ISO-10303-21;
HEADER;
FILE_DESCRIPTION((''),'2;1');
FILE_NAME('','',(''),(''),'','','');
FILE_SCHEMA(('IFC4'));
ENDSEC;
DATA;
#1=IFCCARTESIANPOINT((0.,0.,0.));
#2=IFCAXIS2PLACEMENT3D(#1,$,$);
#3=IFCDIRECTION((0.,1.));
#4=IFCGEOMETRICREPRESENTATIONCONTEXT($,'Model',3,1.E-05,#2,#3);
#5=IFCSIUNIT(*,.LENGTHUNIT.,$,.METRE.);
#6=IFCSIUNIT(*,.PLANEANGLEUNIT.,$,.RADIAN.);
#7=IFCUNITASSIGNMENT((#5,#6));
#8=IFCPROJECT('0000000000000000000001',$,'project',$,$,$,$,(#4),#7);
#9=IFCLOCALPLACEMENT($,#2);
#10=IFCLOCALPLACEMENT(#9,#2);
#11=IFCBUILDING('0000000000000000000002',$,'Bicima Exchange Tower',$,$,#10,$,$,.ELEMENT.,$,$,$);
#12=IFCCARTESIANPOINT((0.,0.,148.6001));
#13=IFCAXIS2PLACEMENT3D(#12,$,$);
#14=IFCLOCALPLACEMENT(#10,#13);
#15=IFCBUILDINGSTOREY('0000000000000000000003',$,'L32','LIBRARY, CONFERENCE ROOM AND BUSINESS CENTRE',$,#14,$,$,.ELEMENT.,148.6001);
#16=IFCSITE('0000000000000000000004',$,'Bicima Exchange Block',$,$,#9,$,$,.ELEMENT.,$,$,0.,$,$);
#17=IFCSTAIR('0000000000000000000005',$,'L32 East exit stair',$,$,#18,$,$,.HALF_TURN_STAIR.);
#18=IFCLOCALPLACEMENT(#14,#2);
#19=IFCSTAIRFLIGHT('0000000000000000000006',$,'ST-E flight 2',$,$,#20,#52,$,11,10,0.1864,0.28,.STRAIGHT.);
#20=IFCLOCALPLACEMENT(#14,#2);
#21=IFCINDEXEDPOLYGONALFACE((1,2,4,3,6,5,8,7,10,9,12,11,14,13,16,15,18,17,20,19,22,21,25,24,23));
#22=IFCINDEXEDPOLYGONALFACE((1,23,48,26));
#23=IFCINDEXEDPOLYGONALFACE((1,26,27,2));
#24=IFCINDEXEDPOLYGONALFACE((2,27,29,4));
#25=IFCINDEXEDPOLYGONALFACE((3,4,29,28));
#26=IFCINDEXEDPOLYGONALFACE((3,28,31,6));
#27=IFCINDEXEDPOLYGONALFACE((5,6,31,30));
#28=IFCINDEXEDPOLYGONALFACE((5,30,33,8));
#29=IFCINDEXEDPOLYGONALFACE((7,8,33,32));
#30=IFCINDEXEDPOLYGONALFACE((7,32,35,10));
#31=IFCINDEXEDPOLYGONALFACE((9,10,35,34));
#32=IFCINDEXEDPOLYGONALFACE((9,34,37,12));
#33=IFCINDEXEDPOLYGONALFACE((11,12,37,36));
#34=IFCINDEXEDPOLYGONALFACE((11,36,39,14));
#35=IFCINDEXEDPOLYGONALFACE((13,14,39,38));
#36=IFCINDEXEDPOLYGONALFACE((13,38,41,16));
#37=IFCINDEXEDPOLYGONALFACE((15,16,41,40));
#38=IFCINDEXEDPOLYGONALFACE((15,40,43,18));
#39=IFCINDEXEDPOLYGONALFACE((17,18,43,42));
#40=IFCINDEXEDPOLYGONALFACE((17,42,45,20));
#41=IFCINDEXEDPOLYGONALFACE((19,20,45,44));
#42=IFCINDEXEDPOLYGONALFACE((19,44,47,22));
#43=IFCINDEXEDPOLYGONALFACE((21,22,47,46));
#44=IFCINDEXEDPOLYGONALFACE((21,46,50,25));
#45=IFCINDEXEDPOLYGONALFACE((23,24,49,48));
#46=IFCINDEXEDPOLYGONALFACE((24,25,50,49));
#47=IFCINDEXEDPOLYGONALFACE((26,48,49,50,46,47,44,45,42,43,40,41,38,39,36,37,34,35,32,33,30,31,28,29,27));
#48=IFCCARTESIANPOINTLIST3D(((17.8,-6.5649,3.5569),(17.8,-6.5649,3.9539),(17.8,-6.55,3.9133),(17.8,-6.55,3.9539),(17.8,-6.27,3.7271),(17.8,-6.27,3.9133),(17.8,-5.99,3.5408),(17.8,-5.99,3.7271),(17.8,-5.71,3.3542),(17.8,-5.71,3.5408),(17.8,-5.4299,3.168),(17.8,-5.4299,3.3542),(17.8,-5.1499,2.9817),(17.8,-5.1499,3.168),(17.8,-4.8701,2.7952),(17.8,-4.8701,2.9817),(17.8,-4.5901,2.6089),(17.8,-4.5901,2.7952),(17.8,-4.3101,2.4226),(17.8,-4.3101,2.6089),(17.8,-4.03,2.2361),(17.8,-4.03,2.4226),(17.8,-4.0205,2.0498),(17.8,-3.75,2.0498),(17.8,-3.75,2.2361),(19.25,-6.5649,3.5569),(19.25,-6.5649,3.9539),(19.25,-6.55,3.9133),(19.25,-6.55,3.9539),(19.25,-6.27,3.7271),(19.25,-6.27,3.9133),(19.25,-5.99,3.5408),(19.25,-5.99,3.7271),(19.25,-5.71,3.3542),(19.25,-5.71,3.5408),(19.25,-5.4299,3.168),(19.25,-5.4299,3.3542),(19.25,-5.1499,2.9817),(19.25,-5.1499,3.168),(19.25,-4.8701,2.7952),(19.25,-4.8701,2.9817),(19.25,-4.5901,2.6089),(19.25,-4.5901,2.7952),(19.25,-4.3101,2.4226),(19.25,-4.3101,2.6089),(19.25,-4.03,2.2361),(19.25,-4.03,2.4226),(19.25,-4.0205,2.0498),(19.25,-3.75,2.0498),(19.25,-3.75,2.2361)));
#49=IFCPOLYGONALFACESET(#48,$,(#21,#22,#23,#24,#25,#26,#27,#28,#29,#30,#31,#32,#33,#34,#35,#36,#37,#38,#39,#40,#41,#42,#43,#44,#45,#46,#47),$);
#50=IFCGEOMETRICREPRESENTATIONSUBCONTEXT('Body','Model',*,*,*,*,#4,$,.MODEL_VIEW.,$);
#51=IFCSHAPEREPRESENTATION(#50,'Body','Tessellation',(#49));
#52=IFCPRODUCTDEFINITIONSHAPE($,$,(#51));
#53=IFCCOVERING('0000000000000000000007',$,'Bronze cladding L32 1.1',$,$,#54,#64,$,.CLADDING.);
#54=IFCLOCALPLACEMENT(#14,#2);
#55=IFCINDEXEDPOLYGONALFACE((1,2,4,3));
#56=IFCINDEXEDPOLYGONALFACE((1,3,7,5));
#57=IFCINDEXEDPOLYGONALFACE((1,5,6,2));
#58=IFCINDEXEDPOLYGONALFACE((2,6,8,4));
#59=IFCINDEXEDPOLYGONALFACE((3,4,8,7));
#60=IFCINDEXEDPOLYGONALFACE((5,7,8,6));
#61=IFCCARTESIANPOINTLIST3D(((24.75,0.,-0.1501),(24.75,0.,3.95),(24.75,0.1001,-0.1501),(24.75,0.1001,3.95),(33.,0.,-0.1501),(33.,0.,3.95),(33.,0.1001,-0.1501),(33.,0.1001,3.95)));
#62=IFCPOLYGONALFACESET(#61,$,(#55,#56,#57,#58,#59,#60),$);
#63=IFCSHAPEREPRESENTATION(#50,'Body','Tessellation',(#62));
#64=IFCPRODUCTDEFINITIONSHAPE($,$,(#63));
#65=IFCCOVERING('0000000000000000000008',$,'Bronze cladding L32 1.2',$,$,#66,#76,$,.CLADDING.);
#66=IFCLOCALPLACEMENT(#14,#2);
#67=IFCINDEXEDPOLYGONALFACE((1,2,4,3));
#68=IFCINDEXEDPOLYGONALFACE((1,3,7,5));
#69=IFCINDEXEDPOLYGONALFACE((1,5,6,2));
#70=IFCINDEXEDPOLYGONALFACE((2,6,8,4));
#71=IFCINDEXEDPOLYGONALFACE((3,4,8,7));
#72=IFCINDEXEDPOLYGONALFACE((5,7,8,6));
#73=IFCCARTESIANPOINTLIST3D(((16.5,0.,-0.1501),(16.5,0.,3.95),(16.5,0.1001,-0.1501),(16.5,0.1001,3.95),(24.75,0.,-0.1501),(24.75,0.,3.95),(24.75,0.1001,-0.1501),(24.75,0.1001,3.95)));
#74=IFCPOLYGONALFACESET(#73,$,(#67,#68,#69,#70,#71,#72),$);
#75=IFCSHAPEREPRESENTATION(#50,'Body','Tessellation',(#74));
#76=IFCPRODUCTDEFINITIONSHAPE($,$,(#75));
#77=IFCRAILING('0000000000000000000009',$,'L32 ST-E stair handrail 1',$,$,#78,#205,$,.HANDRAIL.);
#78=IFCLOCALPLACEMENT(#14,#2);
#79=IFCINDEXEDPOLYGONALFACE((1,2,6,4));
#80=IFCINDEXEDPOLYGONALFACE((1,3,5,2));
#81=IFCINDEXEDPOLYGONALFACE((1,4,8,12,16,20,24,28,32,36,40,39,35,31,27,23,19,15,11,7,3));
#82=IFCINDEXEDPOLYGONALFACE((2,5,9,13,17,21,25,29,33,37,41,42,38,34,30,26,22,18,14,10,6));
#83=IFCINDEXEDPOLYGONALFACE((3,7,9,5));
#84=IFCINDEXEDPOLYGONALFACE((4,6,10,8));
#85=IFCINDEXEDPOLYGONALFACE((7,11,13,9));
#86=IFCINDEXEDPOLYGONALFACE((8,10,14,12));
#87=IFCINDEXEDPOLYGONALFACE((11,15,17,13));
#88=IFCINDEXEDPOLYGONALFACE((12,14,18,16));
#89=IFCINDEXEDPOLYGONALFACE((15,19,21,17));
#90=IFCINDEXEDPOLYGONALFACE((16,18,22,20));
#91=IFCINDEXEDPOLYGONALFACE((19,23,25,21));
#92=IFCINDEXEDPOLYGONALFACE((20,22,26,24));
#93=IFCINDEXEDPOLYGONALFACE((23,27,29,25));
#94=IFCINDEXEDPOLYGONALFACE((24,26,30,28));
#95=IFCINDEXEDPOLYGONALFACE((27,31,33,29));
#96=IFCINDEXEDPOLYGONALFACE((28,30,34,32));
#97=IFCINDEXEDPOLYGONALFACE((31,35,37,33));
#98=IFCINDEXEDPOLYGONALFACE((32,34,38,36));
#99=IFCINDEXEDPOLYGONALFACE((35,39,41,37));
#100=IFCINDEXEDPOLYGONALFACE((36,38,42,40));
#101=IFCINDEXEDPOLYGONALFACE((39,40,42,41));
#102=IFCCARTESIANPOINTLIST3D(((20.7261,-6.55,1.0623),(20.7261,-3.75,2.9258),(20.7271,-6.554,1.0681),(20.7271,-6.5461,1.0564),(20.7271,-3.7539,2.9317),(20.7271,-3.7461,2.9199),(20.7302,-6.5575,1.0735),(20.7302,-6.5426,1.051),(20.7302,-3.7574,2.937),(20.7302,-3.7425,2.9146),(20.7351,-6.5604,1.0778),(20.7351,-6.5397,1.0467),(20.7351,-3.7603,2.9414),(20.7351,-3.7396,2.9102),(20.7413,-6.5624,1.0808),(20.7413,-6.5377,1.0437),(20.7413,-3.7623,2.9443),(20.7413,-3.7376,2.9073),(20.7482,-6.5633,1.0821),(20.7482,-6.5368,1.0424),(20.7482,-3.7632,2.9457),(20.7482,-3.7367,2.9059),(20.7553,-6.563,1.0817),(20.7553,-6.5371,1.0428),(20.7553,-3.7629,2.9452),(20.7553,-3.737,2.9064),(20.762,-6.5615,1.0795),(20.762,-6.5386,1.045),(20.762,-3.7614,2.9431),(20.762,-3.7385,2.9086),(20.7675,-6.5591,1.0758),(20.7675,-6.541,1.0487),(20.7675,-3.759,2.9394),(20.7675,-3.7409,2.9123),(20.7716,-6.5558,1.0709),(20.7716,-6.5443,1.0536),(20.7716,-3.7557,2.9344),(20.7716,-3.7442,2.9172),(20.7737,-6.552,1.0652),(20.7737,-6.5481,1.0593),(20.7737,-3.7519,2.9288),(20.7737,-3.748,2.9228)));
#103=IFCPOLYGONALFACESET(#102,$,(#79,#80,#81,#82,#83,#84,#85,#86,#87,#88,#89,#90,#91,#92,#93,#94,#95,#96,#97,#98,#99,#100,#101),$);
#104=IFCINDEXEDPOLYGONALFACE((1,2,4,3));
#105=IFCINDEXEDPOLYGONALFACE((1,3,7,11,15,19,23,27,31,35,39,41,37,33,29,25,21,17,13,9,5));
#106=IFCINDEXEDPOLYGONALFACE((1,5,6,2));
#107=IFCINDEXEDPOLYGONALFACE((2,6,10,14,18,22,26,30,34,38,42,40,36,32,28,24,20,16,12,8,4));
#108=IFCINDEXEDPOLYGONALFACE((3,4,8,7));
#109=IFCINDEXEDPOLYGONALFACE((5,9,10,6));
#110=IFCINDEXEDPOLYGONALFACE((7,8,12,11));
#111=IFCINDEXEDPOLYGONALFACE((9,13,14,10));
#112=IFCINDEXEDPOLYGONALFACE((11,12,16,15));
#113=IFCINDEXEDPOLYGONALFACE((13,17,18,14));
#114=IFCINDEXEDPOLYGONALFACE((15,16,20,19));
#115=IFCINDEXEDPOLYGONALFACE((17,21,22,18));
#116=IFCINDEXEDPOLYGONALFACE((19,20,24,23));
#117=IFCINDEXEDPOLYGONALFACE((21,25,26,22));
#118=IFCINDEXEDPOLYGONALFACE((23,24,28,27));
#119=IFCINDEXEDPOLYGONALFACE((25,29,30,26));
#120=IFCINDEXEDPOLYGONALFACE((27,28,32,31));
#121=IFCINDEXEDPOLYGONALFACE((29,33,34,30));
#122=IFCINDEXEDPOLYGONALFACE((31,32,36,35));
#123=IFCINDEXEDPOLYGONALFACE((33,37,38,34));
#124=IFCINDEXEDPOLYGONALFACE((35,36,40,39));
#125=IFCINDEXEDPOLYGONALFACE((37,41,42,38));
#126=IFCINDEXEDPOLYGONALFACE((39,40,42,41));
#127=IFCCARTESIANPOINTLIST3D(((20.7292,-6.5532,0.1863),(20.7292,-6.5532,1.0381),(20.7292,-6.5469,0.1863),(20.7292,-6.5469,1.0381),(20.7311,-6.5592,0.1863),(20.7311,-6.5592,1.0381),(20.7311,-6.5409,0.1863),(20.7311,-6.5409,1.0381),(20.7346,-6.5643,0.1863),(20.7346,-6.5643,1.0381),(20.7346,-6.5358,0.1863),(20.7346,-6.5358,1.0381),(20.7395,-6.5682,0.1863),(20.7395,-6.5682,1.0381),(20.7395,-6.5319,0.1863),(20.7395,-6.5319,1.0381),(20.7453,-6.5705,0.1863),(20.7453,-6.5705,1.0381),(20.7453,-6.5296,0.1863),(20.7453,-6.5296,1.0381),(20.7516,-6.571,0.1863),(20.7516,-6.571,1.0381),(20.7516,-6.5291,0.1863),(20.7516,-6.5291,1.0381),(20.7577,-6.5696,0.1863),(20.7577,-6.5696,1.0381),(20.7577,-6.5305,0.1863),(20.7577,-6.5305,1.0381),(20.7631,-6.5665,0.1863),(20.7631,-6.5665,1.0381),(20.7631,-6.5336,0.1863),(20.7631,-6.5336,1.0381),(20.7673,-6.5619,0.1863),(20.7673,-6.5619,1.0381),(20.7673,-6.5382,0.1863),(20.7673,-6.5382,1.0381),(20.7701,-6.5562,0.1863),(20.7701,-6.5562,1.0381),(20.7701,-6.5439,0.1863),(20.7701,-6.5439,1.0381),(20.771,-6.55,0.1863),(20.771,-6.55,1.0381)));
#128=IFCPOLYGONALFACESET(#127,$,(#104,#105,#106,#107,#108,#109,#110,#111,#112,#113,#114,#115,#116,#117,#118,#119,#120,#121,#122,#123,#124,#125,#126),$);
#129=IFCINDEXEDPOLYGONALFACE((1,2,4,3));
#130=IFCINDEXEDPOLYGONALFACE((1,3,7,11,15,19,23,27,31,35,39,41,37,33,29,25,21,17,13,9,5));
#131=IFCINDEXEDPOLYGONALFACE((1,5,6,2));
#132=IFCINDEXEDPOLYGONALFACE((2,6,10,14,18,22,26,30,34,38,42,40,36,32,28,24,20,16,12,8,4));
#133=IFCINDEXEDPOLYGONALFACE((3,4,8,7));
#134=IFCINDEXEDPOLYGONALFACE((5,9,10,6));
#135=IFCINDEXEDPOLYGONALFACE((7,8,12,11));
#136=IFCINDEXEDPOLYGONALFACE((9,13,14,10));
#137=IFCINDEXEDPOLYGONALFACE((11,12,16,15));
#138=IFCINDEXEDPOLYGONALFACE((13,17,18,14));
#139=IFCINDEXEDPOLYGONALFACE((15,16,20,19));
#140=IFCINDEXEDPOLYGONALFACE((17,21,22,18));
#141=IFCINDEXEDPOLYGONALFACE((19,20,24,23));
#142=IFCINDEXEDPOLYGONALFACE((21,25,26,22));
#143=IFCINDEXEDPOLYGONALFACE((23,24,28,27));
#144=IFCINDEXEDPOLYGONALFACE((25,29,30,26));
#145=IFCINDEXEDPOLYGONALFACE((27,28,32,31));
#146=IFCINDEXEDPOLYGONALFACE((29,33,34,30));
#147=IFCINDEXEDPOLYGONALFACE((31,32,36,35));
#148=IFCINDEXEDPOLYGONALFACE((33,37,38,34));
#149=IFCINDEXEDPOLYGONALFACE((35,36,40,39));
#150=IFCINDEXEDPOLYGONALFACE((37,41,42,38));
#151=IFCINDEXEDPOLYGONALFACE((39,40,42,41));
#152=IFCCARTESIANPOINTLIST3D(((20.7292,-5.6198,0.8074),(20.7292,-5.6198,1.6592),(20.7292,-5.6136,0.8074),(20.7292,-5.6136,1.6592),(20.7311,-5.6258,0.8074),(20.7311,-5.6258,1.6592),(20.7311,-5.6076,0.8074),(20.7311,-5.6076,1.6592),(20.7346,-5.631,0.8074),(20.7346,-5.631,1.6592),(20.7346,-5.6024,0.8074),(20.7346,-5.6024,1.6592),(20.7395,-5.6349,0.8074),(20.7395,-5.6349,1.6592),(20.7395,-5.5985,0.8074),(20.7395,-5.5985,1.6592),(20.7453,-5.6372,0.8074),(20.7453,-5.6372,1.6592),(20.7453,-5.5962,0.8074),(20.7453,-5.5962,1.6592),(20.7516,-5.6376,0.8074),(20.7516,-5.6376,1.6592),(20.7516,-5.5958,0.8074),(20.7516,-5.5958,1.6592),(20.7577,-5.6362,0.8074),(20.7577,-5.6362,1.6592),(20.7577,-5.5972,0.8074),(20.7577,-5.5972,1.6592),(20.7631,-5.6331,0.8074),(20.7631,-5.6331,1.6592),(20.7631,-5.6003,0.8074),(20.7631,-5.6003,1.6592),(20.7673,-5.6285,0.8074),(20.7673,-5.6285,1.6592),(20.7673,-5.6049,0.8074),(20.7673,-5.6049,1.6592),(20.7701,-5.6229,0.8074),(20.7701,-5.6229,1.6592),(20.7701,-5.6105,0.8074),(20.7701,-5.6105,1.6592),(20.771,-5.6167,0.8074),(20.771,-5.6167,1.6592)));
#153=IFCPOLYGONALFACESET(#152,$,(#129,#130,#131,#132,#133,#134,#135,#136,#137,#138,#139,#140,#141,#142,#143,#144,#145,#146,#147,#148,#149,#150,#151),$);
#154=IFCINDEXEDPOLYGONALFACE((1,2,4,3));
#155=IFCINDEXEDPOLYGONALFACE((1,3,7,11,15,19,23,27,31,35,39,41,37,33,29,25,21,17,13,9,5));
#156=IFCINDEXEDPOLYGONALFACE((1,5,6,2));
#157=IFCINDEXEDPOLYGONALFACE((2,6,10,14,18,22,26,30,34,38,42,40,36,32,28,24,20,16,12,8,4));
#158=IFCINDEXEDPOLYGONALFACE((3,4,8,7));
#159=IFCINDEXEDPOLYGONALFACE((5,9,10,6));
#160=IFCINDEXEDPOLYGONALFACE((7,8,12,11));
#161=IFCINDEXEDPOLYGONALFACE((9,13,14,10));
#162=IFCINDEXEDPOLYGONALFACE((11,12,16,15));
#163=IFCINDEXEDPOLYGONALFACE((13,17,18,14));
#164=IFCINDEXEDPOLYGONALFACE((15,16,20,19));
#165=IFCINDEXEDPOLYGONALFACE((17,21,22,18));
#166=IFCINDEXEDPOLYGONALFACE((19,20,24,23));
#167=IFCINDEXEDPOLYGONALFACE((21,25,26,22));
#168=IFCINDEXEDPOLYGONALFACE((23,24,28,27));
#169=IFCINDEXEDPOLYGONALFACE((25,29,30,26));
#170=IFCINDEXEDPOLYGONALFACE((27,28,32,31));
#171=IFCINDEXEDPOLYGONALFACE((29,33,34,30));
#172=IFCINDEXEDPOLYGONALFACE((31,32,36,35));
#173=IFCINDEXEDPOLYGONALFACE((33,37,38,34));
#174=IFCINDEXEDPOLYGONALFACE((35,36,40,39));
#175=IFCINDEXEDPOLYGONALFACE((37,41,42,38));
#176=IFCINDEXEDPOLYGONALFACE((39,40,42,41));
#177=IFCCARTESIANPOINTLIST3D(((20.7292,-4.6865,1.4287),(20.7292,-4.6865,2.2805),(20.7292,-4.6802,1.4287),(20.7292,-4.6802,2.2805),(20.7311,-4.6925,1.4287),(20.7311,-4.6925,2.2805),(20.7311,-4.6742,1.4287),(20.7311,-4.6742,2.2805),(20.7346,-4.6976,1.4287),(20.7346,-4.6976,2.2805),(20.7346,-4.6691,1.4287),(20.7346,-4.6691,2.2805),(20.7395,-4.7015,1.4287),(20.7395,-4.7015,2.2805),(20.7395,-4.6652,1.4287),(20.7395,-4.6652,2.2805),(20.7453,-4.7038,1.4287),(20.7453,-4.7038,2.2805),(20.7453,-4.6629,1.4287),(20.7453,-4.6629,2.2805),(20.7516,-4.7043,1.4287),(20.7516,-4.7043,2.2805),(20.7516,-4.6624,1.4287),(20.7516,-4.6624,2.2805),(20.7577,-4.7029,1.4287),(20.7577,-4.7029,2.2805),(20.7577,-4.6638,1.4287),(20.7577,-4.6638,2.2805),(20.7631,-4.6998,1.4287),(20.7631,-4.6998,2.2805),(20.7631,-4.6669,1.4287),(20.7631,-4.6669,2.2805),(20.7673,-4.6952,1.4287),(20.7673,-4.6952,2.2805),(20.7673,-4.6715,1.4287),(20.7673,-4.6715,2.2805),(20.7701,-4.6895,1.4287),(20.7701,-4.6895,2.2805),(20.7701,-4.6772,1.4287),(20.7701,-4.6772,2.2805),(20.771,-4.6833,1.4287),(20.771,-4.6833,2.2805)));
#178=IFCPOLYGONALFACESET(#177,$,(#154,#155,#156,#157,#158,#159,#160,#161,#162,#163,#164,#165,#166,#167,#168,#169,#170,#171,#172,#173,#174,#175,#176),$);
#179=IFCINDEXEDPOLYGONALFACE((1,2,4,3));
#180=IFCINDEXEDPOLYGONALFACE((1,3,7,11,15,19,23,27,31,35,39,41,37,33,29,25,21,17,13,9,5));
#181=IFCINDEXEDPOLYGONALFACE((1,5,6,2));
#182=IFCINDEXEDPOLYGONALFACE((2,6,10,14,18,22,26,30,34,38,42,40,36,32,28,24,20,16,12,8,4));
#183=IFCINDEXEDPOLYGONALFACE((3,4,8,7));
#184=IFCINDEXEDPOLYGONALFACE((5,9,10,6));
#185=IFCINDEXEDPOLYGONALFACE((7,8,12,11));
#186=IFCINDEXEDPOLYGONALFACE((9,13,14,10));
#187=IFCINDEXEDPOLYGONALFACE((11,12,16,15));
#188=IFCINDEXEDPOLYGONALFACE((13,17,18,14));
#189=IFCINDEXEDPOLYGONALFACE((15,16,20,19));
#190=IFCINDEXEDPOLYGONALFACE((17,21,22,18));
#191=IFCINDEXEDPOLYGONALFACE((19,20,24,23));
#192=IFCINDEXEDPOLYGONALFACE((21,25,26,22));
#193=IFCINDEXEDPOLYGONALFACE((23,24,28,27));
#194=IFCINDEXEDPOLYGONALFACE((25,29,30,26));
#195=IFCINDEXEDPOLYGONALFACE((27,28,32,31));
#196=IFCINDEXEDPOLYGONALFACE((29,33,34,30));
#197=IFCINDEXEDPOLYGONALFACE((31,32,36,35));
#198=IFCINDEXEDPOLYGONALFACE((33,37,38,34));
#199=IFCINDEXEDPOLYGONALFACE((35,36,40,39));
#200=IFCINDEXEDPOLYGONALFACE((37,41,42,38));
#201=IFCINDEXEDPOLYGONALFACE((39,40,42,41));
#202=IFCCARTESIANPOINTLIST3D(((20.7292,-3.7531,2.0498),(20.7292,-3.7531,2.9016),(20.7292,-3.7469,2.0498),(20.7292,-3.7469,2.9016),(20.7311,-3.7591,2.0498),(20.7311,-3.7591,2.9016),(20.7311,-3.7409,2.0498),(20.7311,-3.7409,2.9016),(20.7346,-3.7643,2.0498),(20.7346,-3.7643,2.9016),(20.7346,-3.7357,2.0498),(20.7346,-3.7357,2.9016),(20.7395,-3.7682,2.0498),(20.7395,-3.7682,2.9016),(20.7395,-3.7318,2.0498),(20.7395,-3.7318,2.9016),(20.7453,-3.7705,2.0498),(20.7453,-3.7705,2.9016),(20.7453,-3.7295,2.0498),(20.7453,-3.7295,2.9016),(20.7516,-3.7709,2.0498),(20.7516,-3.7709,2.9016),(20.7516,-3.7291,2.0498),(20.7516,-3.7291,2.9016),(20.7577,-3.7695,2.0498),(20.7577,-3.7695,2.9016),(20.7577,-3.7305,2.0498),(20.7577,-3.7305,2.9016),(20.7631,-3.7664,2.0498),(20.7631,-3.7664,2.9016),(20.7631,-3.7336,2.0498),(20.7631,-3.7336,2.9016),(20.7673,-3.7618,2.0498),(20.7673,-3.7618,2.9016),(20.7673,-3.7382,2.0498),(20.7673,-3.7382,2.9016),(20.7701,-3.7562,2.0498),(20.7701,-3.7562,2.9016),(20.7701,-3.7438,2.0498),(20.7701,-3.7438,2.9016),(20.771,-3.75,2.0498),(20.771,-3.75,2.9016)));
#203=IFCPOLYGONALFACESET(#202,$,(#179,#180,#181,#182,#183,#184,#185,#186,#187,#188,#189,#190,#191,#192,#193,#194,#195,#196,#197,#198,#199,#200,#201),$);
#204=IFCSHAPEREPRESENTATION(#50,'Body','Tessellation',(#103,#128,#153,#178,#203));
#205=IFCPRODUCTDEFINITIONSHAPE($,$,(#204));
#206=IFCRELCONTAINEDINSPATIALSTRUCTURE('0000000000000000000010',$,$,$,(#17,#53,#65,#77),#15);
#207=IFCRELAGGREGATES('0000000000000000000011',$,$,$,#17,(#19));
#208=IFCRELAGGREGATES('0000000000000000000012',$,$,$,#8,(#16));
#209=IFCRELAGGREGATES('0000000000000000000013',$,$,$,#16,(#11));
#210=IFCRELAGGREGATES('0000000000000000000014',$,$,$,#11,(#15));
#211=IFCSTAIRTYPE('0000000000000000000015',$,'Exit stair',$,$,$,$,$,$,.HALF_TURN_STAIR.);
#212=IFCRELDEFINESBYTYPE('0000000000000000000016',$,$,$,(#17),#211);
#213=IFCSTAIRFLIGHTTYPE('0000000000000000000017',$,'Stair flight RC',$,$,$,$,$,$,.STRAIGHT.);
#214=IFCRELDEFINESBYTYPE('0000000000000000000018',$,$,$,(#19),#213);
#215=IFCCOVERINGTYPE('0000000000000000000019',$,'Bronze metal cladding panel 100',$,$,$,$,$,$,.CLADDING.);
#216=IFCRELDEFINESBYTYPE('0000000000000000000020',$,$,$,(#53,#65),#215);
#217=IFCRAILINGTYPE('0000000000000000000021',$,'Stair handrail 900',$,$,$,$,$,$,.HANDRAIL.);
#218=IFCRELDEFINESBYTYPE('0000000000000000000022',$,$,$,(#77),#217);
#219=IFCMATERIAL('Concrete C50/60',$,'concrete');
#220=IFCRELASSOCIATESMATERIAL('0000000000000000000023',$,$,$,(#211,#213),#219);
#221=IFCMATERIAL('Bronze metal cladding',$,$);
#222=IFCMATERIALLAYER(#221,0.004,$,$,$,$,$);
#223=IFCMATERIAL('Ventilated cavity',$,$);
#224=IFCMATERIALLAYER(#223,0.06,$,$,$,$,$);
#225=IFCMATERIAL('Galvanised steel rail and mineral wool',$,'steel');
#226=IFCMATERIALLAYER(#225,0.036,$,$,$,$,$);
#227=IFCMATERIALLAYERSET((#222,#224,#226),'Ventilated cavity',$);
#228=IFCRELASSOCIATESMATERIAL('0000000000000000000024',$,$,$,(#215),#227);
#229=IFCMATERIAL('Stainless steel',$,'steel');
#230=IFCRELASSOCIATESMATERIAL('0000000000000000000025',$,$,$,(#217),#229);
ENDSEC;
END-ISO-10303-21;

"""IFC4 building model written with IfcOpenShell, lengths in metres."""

from ifc_helpers import new_model, si_unit, direction, frame, origin, origin_2d, place, context, subcontext, project, spatial, polyline, rectangle, circle, outline, extrude, material, layer, layer_set, type_object, element, aggregate, save


model = new_model("IFC4")

# Units and contexts
model_context = context("Model", 3, precision=1e-05, world=origin(), true_north=direction((0.0, 1.0)))
body_context = subcontext(model_context, "Body", "Model", "MODEL_VIEW")
ifc_project = project(units=[si_unit("LENGTHUNIT", "METRE"), si_unit("PLANEANGLEUNIT", "RADIAN")], contexts=[model_context])

# Site, building, storey
site_placement = place(None, origin())
site = spatial("IfcSite", under=ifc_project, at=site_placement, Name="Bicima Exchange Block", CompositionType="ELEMENT", RefElevation=0.0)
building_placement = place(site_placement, origin())
building = spatial("IfcBuilding", under=site, at=building_placement, Name="Bicima Exchange Tower", CompositionType="ELEMENT")
storey_placement = place(building_placement, frame((0.0, 0.0, 148.6001)))
storey = spatial("IfcBuildingStorey", under=building, at=storey_placement, Name="L32", Description="LIBRARY, CONFERENCE ROOM AND BUSINESS CENTRE", CompositionType="ELEMENT", Elevation=148.6001)

# Shared definitions
ifc_material_1 = material(Name="Concrete C50/60", Category="concrete")

# Stair, stair flight
stair_type = type_object("IfcStairType", Name="Exit stair", PredefinedType="HALF_TURN_STAIR", material=ifc_material_1)
stair_placement = place(storey_placement, origin())
stair = element("IfcStair", 1, at=stair_placement, inside=storey, type_object=stair_type, Name="L32 East exit stair", PredefinedType="HALF_TURN_STAIR")
stair_flight_type = type_object("IfcStairFlightType", Name="Stair flight RC", PredefinedType="STRAIGHT", material=ifc_material_1)
stair_flight_1_placement = place(storey_placement, frame((18.5249, -3.75, 2.0498), z_axis=(0.0, 0.0, 1.0), x_axis=(0.0, -1.0, 0.0)))
stair_flight_1 = element("IfcStairFlight", 2, at=stair_flight_1_placement, type_object=stair_flight_type, Name="ST-E flight 2", NumberOfRisers=11, NumberOfTreads=10, PredefinedType="STRAIGHT", RiserHeight=0.1864, TreadLength=0.28, context=body_context, shape_type="SweptSolid", body=[
    extrude(outline(polyline([(0.0, 0.0), (0.0, 0.1863), (0.28, 0.1863), (0.28, 0.3728), (0.5601, 0.3728), (0.5601, 0.5591), (0.8401, 0.5591), (0.8401, 0.7454), (1.1201, 0.7454), (1.1201, 0.9319), (1.3999, 0.9319), (1.3999, 1.1182), (1.6799, 1.1182), (1.6799, 1.3044), (1.96, 1.3044), (1.96, 1.491), (2.24, 1.491), (2.24, 1.6772), (2.52, 1.6772), (2.52, 1.8635), (2.8, 1.8635), (2.8, 1.9041), (2.8149, 1.9041), (2.8149, 1.5071), (0.2705, 0.0), (0.0, 0.0)])), frame((0.0, 0.7251, 0.0), z_axis=(0.0, -1.0, 0.0), x_axis=(1.0, 0.0, 0.0)), (0.0, 0.0, 1.0), 1.45),
])
aggregate(stair, [stair_flight_1])

# Coverings
ifc_material_2 = material(Name="Bronze metal cladding")
ifc_layer_1 = layer(ifc_material_2, 0.004)
ifc_material_3 = material(Name="Ventilated cavity")
ifc_layer_2 = layer(ifc_material_3, 0.06)
ifc_material_4 = material(Name="Galvanised steel rail and mineral wool", Category="steel")
ifc_layer_3 = layer(ifc_material_4, 0.036)
ifc_layer_set_1 = layer_set([ifc_layer_1, ifc_layer_2, ifc_layer_3], Name="Ventilated cavity")
covering_type = type_object("IfcCoveringType", Name="Bronze metal cladding panel 100", PredefinedType="CLADDING", material=ifc_layer_set_1)
for number, where, z_axis, x_axis, name in (
    (3, (28.875, 0.05, -0.1501), (0.0, 0.0, 1.0), (-1.0, 0.0, 0.0), "Bronze cladding L32 1.1"),
    (4, (20.625, 0.05, -0.1501), (0.0, 0.0, 1.0), (-1.0, 0.0, 0.0), "Bronze cladding L32 1.2"),
):
    element("IfcCovering", number, at=place(storey_placement, frame(where, z_axis=z_axis, x_axis=x_axis)), inside=storey, type_object=covering_type, Name=name, PredefinedType="CLADDING", context=body_context, shape_type="SweptSolid", body=[
        extrude(rectangle(XDim=8.25, YDim=0.1001, at=origin_2d()), origin(), (0.0, 0.0, 1.0), 4.1001),
    ])

# Railing
ifc_material_5 = material(Name="Stainless steel", Category="steel")
railing_type_1 = type_object("IfcRailingType", Name="Stair handrail 900", PredefinedType="HANDRAIL", material=ifc_material_5)
railing_1_placement = place(storey_placement, frame((20.75, -6.55, 0.1863)))
element("IfcRailing", 5, at=railing_1_placement, inside=storey, type_object=railing_type_1, Name="L32 ST-E stair handrail 1", PredefinedType="HANDRAIL", context=body_context, shape_type="SweptSolid", body=[
    extrude(circle(Radius=0.0239, at=origin_2d()), frame((0.0, 0.0, 0.876), z_axis=(0.0, 0.832486, 0.554047), x_axis=(-1.0, 0.0, 0.0)), (0.0, 0.0, 1.0), 3.3635),
    extrude(circle(Radius=0.021, at=origin_2d()), origin(), (0.0, 0.0, 1.0), 0.8518),
    extrude(circle(Radius=0.021, at=origin_2d()), frame((0.0, 0.9333, 0.6211)), (0.0, 0.0, 1.0), 0.8518),
    extrude(circle(Radius=0.021, at=origin_2d()), frame((0.0, 1.8667, 1.2424)), (0.0, 0.0, 1.0), 0.8518),
    extrude(circle(Radius=0.021, at=origin_2d()), frame((0.0, 2.8, 1.8635)), (0.0, 0.0, 1.0), 0.8518),
])

save(model, "model.ifc")
